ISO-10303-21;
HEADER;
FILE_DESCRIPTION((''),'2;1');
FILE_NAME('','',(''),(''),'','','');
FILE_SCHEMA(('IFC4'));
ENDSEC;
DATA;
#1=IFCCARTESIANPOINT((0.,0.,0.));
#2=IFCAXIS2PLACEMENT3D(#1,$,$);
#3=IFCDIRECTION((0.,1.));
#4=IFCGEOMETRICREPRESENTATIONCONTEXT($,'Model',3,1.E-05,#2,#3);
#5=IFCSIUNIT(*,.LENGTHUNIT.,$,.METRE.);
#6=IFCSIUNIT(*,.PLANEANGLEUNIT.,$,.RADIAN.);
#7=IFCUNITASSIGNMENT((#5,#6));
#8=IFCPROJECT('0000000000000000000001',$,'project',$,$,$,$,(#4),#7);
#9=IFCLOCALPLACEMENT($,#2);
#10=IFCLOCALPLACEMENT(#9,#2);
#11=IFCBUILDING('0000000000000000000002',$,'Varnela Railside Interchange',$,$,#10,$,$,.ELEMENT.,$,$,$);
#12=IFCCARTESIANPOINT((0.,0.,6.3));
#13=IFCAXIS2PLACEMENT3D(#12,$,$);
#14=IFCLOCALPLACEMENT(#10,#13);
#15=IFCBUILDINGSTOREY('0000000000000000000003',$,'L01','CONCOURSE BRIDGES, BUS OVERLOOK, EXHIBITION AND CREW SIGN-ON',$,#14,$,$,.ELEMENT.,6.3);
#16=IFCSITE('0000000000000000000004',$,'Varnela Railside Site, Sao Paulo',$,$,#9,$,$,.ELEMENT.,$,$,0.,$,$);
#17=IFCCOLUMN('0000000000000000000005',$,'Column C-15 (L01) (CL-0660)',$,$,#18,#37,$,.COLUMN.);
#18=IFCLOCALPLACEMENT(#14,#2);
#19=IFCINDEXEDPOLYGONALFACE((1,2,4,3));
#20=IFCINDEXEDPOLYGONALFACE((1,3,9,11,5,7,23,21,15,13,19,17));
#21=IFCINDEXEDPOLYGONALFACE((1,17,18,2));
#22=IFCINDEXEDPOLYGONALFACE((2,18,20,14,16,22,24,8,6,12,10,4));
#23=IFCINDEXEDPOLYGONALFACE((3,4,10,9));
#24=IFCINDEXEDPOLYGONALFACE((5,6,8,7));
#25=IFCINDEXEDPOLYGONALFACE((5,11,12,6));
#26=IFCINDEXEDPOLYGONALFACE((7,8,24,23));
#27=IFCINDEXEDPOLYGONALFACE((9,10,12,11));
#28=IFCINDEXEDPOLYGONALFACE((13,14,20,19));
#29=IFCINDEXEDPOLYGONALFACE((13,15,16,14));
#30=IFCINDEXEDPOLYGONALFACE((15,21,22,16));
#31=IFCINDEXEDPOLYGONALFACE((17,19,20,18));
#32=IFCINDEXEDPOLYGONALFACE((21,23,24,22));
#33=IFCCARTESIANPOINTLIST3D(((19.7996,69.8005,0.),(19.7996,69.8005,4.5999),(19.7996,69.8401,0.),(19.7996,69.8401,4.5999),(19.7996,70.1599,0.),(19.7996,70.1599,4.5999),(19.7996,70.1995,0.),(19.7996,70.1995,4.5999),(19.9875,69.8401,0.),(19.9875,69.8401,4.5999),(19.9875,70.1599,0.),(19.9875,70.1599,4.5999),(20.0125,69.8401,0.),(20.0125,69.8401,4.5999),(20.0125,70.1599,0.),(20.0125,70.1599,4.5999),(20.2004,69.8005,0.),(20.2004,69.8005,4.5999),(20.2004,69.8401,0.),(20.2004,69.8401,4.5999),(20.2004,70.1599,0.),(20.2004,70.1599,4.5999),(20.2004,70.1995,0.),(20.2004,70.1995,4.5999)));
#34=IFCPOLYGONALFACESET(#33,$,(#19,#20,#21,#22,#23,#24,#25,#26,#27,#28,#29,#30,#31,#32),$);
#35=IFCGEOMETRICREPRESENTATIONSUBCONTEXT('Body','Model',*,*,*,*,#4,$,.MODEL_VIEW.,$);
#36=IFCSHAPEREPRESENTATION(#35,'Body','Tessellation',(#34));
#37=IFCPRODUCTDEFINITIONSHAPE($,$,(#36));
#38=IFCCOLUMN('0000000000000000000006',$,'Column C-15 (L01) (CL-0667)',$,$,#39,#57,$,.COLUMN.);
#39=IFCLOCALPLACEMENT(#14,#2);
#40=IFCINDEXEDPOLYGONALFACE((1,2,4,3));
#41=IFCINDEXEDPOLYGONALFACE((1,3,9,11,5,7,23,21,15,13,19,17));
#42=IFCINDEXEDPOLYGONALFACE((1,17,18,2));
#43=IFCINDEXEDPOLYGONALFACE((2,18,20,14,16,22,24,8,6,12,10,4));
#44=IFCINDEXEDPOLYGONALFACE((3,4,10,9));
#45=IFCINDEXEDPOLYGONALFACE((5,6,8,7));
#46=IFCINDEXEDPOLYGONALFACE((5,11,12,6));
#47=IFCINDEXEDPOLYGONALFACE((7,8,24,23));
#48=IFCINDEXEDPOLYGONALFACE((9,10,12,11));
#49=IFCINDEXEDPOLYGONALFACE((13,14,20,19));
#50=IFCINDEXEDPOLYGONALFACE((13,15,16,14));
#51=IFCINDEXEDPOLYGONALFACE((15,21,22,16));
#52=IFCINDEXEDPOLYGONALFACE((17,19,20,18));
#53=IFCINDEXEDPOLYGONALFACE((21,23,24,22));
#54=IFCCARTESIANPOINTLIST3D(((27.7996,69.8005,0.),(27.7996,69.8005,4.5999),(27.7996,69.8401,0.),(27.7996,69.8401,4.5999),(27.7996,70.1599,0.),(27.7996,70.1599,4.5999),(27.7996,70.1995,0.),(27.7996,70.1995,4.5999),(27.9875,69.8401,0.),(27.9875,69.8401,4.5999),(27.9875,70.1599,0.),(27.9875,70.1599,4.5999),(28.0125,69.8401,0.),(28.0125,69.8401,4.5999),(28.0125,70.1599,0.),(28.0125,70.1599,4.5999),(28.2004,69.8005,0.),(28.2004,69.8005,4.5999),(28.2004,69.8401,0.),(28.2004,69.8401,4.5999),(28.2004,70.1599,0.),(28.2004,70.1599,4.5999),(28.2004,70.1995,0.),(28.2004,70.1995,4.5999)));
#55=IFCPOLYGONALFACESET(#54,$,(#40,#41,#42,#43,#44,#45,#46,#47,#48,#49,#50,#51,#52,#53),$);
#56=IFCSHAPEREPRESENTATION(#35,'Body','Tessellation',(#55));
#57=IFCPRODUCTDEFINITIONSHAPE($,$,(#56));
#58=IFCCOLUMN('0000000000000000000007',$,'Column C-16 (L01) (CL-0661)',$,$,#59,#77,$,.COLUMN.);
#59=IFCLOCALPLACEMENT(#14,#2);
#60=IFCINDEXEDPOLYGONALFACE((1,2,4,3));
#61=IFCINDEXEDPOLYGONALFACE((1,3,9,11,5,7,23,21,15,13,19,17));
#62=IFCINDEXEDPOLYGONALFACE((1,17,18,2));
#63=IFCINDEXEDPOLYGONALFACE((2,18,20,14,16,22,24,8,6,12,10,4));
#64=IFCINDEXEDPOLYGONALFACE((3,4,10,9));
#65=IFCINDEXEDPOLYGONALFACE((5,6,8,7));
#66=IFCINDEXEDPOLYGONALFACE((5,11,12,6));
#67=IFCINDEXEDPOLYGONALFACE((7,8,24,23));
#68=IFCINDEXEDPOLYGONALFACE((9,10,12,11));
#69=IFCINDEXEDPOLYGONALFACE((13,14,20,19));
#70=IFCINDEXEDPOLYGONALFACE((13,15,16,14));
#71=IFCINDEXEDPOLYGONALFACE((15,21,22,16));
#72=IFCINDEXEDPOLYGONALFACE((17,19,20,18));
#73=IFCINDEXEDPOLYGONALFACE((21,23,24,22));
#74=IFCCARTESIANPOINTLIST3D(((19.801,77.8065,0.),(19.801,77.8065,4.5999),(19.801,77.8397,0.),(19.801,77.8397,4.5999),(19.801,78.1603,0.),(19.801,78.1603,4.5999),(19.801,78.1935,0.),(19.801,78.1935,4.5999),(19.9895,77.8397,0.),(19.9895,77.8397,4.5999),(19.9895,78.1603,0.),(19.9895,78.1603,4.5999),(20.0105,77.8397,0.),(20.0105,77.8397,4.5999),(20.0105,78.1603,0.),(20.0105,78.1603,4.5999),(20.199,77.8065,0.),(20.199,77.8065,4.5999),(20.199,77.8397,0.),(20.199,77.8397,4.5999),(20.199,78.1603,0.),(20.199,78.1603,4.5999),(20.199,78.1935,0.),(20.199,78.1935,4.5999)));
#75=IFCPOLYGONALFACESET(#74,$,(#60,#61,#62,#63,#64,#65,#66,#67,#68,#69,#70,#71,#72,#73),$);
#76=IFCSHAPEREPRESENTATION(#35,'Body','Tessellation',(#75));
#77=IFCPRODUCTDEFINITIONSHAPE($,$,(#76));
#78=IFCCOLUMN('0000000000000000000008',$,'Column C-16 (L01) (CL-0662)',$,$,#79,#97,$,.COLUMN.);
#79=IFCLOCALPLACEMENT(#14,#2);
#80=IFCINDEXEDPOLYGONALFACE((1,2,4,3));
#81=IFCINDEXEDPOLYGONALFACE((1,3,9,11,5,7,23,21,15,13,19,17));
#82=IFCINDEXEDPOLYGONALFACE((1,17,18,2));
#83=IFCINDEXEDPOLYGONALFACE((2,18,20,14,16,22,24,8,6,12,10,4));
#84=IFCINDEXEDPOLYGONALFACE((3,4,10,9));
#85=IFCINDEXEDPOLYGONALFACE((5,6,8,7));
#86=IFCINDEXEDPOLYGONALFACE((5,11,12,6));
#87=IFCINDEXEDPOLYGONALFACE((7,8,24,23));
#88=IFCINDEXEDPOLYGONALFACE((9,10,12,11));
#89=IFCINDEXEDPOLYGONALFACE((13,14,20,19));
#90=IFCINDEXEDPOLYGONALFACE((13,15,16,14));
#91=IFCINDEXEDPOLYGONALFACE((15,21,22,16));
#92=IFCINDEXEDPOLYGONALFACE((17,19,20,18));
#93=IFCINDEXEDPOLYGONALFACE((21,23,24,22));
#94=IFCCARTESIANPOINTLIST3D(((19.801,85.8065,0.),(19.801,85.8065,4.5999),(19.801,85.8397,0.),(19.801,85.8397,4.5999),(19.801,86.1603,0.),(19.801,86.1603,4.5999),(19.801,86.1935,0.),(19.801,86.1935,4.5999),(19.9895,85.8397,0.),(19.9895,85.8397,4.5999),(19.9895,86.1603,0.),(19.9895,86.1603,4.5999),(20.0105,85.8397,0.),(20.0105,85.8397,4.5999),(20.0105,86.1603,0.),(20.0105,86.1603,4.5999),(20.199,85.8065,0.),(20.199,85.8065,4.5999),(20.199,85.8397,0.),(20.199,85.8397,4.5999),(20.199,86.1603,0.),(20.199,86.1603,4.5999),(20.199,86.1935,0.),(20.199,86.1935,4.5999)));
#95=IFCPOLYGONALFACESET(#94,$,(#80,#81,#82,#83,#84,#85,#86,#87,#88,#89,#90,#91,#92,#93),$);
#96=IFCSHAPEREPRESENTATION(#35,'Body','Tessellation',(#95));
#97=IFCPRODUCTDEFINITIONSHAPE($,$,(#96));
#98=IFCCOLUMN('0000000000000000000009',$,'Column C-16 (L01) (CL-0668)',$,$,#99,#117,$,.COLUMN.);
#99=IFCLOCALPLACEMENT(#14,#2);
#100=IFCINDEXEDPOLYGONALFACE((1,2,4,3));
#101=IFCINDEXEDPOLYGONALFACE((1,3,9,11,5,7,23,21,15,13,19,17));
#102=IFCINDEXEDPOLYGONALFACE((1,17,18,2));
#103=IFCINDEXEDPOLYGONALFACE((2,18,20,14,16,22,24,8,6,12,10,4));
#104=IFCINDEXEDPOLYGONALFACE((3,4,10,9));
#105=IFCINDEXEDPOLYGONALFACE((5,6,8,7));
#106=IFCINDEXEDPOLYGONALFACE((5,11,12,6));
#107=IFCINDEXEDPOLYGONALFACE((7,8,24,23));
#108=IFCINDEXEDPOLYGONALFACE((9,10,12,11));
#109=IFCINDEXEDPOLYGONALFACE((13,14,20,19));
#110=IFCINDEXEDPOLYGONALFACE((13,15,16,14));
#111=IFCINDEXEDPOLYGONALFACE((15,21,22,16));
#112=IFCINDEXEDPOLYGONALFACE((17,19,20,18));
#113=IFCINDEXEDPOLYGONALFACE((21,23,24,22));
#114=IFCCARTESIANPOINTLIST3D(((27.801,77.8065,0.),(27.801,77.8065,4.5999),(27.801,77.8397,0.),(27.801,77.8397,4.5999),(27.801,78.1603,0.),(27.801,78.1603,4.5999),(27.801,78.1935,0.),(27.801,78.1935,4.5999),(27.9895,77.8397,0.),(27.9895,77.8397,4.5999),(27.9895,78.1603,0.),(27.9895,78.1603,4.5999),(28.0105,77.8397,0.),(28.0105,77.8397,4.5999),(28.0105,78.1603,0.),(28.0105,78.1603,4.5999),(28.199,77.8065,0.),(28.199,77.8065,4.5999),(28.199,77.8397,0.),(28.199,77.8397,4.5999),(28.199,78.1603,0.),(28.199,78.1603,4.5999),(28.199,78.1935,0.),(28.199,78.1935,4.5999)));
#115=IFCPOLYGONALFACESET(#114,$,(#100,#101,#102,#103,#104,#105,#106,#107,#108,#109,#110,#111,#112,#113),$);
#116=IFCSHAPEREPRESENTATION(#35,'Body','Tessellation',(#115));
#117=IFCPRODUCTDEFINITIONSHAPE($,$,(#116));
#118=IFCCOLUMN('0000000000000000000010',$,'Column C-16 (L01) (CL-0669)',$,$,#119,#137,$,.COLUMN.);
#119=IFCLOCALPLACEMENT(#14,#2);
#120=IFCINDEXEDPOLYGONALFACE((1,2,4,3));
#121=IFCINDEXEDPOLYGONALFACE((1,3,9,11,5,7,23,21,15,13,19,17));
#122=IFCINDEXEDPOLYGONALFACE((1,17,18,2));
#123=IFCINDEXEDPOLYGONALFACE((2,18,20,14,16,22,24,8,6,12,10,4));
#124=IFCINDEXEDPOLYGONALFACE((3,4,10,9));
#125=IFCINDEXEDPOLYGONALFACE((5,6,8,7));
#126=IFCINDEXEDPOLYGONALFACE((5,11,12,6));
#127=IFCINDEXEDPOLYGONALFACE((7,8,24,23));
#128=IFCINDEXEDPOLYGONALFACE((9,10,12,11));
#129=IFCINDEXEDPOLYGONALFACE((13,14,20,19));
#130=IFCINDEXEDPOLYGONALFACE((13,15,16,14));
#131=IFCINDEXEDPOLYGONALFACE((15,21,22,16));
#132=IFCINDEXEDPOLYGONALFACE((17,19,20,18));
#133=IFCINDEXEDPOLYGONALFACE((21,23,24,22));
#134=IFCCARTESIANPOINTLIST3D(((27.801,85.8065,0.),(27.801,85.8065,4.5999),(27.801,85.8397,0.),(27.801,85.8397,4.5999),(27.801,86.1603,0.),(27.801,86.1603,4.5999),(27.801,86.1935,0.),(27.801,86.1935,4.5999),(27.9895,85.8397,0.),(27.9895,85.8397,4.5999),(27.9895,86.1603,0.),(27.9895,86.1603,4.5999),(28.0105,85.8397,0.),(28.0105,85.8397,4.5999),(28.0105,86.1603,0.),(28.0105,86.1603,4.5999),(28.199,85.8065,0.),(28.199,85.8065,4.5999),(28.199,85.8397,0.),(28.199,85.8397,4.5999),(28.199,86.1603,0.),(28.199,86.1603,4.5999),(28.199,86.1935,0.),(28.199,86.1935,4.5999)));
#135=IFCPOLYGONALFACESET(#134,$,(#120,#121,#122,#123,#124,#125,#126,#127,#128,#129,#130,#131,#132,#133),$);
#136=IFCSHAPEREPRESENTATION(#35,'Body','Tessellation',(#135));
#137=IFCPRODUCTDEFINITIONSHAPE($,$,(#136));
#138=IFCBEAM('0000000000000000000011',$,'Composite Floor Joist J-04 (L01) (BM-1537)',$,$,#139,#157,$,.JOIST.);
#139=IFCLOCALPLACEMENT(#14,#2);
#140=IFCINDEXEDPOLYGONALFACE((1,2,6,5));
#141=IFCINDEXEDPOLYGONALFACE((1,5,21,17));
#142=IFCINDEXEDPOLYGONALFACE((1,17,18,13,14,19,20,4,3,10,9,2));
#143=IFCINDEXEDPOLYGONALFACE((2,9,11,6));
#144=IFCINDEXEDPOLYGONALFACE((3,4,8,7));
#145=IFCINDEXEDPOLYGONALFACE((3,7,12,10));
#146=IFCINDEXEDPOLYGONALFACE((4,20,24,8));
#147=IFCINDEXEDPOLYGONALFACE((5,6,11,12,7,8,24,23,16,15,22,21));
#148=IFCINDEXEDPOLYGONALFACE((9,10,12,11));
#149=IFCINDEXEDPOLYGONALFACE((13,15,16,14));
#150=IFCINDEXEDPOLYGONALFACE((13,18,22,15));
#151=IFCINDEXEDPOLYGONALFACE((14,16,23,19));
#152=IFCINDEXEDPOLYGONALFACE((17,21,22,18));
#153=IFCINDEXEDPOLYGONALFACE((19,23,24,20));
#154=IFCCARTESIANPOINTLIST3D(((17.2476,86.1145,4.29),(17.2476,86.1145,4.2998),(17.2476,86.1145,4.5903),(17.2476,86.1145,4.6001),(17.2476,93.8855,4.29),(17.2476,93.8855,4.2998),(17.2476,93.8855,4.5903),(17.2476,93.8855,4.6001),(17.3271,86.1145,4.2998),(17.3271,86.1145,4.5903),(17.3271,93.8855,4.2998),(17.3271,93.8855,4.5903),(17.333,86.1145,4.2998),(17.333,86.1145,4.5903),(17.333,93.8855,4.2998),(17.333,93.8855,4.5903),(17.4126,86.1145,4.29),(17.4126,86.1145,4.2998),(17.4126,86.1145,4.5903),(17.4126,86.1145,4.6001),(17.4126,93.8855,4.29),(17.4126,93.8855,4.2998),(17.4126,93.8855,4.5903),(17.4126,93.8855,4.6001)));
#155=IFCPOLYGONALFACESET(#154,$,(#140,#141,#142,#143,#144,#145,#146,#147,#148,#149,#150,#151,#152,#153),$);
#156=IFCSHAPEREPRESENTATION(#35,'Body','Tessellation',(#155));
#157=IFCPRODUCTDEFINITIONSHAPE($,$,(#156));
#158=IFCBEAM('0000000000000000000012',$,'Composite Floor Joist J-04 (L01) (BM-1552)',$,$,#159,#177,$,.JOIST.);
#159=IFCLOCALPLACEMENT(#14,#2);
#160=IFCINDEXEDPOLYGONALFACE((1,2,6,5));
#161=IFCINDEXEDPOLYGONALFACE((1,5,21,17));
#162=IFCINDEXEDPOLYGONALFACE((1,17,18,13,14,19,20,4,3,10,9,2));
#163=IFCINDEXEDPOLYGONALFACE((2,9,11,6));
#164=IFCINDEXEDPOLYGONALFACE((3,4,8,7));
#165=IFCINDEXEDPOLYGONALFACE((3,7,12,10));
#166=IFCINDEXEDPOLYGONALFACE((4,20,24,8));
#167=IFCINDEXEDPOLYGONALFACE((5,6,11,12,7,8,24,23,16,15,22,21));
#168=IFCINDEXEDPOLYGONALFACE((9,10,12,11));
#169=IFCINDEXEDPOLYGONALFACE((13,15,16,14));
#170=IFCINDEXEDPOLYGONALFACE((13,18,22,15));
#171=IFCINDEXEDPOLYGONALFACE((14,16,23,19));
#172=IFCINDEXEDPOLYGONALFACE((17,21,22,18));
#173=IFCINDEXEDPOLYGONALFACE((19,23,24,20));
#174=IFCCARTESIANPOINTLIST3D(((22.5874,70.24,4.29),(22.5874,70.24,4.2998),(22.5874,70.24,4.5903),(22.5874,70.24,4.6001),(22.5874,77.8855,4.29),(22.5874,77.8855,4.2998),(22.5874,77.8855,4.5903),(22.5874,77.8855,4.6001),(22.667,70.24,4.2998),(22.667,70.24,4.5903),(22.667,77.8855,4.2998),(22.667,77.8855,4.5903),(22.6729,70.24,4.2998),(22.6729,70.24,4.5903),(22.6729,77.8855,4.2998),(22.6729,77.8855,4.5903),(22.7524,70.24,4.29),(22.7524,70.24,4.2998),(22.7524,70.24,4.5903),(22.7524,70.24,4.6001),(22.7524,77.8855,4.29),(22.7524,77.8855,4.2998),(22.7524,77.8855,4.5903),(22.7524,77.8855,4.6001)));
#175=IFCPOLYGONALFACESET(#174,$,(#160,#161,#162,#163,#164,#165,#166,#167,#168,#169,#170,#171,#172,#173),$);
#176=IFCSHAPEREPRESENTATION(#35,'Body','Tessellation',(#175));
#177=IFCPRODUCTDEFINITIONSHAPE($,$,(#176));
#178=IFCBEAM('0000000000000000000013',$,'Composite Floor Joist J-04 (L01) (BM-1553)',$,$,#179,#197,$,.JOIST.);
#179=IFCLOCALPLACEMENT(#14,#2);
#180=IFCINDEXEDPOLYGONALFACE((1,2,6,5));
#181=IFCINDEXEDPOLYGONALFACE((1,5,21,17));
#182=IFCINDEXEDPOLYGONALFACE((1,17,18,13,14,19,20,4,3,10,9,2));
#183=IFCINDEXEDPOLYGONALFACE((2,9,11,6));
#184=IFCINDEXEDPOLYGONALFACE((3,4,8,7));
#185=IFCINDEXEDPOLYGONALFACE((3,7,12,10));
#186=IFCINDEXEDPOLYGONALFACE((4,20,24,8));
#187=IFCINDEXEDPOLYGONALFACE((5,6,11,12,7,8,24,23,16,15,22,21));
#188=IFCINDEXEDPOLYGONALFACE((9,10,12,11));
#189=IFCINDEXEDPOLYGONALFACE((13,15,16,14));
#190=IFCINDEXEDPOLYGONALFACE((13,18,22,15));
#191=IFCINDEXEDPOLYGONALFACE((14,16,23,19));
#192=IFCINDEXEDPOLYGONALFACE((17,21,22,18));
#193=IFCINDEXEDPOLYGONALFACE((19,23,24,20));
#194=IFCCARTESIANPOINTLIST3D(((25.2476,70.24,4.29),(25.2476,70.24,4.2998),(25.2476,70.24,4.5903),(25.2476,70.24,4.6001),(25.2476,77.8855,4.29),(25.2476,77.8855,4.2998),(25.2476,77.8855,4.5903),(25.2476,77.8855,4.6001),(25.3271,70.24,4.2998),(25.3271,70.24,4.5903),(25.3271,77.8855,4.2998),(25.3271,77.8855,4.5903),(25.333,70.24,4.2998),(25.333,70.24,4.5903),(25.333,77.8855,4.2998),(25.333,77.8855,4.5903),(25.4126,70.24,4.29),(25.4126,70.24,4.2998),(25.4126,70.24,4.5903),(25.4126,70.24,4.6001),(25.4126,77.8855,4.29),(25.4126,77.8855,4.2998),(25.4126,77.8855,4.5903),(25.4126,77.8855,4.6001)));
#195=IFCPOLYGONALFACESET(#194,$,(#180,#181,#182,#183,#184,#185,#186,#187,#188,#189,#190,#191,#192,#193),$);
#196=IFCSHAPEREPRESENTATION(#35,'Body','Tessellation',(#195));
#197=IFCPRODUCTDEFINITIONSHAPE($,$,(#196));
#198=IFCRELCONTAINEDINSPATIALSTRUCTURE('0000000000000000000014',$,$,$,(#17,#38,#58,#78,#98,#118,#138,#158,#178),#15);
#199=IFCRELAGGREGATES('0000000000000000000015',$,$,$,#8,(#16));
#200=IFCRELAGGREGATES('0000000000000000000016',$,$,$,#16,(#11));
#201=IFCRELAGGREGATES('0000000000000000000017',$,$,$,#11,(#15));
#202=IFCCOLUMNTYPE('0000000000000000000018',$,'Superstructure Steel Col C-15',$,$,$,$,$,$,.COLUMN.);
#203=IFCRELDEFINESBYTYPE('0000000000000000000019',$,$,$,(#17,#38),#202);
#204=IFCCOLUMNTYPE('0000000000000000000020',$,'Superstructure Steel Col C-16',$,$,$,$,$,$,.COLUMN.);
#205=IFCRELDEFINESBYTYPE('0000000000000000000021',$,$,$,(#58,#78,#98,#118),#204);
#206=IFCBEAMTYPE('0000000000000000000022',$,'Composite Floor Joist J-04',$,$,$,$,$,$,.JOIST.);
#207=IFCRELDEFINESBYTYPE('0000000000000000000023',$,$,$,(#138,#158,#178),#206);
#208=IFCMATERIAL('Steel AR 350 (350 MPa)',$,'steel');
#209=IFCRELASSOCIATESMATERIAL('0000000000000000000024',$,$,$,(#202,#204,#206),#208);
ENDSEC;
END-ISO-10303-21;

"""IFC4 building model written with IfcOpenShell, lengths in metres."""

from ifc_helpers import new_model, si_unit, direction, frame, origin, origin_2d, place, context, subcontext, project, spatial, i_section, extrude, material, material_profile, profile_set, type_object, element, save


model = new_model("IFC4")

# Units and contexts
model_context = context("Model", 3, precision=1e-05, world=origin(), true_north=direction((0.0, 1.0)))
body_context = subcontext(model_context, "Body", "Model", "MODEL_VIEW")
ifc_project = project(units=[si_unit("LENGTHUNIT", "METRE"), si_unit("PLANEANGLEUNIT", "RADIAN")], contexts=[model_context])

# Site, building, storey
site_placement = place(None, origin())
site = spatial("IfcSite", under=ifc_project, at=site_placement, Name="Varnela Railside Site, Sao Paulo", CompositionType="ELEMENT", RefElevation=0.0)
building_placement = place(site_placement, origin())
building = spatial("IfcBuilding", under=site, at=building_placement, Name="Varnela Railside Interchange", CompositionType="ELEMENT")
storey_placement = place(building_placement, frame((0.0, 0.0, 6.3)))
storey = spatial("IfcBuildingStorey", under=building, at=storey_placement, Name="L01", Description="CONCOURSE BRIDGES, BUS OVERLOOK, EXHIBITION AND CREW SIGN-ON", CompositionType="ELEMENT", Elevation=6.3)

# Columns
ifc_material_1 = material(Name="Steel AR 350 (350 MPa)", Category="steel")
ifc_material_profile_1 = material_profile(ifc_material_1, i_section(OverallWidth=0.4009, OverallDepth=0.3989, WebThickness=0.0249, FlangeThickness=0.0396, at=origin_2d()), Name="W360x314")
ifc_profile_set_1 = profile_set([ifc_material_profile_1], Name="Steel AR 350 (350 MPa)")
column_type_1 = type_object("IfcColumnType", Name="Superstructure Steel Col C-15", PredefinedType="COLUMN", material=ifc_profile_set_1)
for number, where, z_axis, x_axis, name in (
    (1, (20.0, 70.0, 0.0), (0.0, 0.0, 1.0), (1.0, 0.0, 0.0), "Column C-15 (L01) (CL-0660)"),
    (2, (28.0, 70.0, 0.0), (0.0, 0.0, 1.0), (1.0, 0.0, 0.0), "Column C-15 (L01) (CL-0667)"),
):
    element("IfcColumn", number, at=place(storey_placement, frame(where, z_axis=z_axis, x_axis=x_axis)), inside=storey, type_object=column_type_1, Name=name, PredefinedType="COLUMN", context=body_context, shape_type="SweptSolid", body=[
        extrude(i_section(OverallWidth=0.4009, OverallDepth=0.3989, WebThickness=0.0249, FlangeThickness=0.0396, at=origin_2d()), origin(), (0.0, 0.0, 1.0), 4.5999),
    ])
ifc_material_profile_2 = material_profile(ifc_material_1, i_section(OverallWidth=0.3979, OverallDepth=0.387, WebThickness=0.021, FlangeThickness=0.0332, at=origin_2d()), Name="W360x262")
ifc_profile_set_2 = profile_set([ifc_material_profile_2], Name="Steel AR 350 (350 MPa)")
column_type_2 = type_object("IfcColumnType", Name="Superstructure Steel Col C-16", PredefinedType="COLUMN", material=ifc_profile_set_2)
for number, where, z_axis, x_axis, name in (
    (3, (20.0, 78.0, 0.0), (0.0, 0.0, 1.0), (1.0, 0.0, 0.0), "Column C-16 (L01) (CL-0661)"),
    (4, (20.0, 86.0, 0.0), (0.0, 0.0, 1.0), (1.0, 0.0, 0.0), "Column C-16 (L01) (CL-0662)"),
    (5, (28.0, 78.0, 0.0), (0.0, 0.0, 1.0), (1.0, 0.0, 0.0), "Column C-16 (L01) (CL-0668)"),
    (6, (28.0, 86.0, 0.0), (0.0, 0.0, 1.0), (1.0, 0.0, 0.0), "Column C-16 (L01) (CL-0669)"),
):
    element("IfcColumn", number, at=place(storey_placement, frame(where, z_axis=z_axis, x_axis=x_axis)), inside=storey, type_object=column_type_2, Name=name, PredefinedType="COLUMN", context=body_context, shape_type="SweptSolid", body=[
        extrude(i_section(OverallWidth=0.3979, OverallDepth=0.387, WebThickness=0.021, FlangeThickness=0.0332, at=origin_2d()), origin(), (0.0, 0.0, 1.0), 4.5999),
    ])

# Beams
ifc_material_profile_3 = material_profile(ifc_material_1, i_section(OverallWidth=0.165, OverallDepth=0.3101, WebThickness=0.0059, FlangeThickness=0.0098, at=origin_2d()), Name="W310x38.7")
ifc_profile_set_3 = profile_set([ifc_material_profile_3], Name="Steel AR 350 (350 MPa)")
beam_type_1 = type_object("IfcBeamType", Name="Composite Floor Joist J-04", PredefinedType="JOIST", material=ifc_profile_set_3)
beam_1_placement = place(storey_placement, frame((17.3301, 86.1145, 4.4451), z_axis=(0.0, 1.0, 0.0), x_axis=(-1.0, 0.0, 0.0)))
element("IfcBeam", 7, at=beam_1_placement, inside=storey, type_object=beam_type_1, Name="Composite Floor Joist J-04 (L01) (BM-1537)", PredefinedType="JOIST", context=body_context, shape_type="SweptSolid", body=[
    extrude(i_section(OverallWidth=0.165, OverallDepth=0.3101, WebThickness=0.0059, FlangeThickness=0.0098, at=origin_2d()), origin(), (0.0, 0.0, 1.0), 7.771),
])
for number, where, z_axis, x_axis, name in (
    (8, (22.6699, 70.24, 4.4451), (0.0, 1.0, 0.0), (-1.0, 0.0, 0.0), "Composite Floor Joist J-04 (L01) (BM-1552)"),
    (9, (25.3301, 70.24, 4.4451), (0.0, 1.0, 0.0), (-1.0, 0.0, 0.0), "Composite Floor Joist J-04 (L01) (BM-1553)"),
):
    element("IfcBeam", number, at=place(storey_placement, frame(where, z_axis=z_axis, x_axis=x_axis)), inside=storey, type_object=beam_type_1, Name=name, PredefinedType="JOIST", context=body_context, shape_type="SweptSolid", body=[
        extrude(i_section(OverallWidth=0.165, OverallDepth=0.3101, WebThickness=0.0059, FlangeThickness=0.0098, at=origin_2d()), origin(), (0.0, 0.0, 1.0), 7.6455),
    ])

save(model, "model.ifc")
